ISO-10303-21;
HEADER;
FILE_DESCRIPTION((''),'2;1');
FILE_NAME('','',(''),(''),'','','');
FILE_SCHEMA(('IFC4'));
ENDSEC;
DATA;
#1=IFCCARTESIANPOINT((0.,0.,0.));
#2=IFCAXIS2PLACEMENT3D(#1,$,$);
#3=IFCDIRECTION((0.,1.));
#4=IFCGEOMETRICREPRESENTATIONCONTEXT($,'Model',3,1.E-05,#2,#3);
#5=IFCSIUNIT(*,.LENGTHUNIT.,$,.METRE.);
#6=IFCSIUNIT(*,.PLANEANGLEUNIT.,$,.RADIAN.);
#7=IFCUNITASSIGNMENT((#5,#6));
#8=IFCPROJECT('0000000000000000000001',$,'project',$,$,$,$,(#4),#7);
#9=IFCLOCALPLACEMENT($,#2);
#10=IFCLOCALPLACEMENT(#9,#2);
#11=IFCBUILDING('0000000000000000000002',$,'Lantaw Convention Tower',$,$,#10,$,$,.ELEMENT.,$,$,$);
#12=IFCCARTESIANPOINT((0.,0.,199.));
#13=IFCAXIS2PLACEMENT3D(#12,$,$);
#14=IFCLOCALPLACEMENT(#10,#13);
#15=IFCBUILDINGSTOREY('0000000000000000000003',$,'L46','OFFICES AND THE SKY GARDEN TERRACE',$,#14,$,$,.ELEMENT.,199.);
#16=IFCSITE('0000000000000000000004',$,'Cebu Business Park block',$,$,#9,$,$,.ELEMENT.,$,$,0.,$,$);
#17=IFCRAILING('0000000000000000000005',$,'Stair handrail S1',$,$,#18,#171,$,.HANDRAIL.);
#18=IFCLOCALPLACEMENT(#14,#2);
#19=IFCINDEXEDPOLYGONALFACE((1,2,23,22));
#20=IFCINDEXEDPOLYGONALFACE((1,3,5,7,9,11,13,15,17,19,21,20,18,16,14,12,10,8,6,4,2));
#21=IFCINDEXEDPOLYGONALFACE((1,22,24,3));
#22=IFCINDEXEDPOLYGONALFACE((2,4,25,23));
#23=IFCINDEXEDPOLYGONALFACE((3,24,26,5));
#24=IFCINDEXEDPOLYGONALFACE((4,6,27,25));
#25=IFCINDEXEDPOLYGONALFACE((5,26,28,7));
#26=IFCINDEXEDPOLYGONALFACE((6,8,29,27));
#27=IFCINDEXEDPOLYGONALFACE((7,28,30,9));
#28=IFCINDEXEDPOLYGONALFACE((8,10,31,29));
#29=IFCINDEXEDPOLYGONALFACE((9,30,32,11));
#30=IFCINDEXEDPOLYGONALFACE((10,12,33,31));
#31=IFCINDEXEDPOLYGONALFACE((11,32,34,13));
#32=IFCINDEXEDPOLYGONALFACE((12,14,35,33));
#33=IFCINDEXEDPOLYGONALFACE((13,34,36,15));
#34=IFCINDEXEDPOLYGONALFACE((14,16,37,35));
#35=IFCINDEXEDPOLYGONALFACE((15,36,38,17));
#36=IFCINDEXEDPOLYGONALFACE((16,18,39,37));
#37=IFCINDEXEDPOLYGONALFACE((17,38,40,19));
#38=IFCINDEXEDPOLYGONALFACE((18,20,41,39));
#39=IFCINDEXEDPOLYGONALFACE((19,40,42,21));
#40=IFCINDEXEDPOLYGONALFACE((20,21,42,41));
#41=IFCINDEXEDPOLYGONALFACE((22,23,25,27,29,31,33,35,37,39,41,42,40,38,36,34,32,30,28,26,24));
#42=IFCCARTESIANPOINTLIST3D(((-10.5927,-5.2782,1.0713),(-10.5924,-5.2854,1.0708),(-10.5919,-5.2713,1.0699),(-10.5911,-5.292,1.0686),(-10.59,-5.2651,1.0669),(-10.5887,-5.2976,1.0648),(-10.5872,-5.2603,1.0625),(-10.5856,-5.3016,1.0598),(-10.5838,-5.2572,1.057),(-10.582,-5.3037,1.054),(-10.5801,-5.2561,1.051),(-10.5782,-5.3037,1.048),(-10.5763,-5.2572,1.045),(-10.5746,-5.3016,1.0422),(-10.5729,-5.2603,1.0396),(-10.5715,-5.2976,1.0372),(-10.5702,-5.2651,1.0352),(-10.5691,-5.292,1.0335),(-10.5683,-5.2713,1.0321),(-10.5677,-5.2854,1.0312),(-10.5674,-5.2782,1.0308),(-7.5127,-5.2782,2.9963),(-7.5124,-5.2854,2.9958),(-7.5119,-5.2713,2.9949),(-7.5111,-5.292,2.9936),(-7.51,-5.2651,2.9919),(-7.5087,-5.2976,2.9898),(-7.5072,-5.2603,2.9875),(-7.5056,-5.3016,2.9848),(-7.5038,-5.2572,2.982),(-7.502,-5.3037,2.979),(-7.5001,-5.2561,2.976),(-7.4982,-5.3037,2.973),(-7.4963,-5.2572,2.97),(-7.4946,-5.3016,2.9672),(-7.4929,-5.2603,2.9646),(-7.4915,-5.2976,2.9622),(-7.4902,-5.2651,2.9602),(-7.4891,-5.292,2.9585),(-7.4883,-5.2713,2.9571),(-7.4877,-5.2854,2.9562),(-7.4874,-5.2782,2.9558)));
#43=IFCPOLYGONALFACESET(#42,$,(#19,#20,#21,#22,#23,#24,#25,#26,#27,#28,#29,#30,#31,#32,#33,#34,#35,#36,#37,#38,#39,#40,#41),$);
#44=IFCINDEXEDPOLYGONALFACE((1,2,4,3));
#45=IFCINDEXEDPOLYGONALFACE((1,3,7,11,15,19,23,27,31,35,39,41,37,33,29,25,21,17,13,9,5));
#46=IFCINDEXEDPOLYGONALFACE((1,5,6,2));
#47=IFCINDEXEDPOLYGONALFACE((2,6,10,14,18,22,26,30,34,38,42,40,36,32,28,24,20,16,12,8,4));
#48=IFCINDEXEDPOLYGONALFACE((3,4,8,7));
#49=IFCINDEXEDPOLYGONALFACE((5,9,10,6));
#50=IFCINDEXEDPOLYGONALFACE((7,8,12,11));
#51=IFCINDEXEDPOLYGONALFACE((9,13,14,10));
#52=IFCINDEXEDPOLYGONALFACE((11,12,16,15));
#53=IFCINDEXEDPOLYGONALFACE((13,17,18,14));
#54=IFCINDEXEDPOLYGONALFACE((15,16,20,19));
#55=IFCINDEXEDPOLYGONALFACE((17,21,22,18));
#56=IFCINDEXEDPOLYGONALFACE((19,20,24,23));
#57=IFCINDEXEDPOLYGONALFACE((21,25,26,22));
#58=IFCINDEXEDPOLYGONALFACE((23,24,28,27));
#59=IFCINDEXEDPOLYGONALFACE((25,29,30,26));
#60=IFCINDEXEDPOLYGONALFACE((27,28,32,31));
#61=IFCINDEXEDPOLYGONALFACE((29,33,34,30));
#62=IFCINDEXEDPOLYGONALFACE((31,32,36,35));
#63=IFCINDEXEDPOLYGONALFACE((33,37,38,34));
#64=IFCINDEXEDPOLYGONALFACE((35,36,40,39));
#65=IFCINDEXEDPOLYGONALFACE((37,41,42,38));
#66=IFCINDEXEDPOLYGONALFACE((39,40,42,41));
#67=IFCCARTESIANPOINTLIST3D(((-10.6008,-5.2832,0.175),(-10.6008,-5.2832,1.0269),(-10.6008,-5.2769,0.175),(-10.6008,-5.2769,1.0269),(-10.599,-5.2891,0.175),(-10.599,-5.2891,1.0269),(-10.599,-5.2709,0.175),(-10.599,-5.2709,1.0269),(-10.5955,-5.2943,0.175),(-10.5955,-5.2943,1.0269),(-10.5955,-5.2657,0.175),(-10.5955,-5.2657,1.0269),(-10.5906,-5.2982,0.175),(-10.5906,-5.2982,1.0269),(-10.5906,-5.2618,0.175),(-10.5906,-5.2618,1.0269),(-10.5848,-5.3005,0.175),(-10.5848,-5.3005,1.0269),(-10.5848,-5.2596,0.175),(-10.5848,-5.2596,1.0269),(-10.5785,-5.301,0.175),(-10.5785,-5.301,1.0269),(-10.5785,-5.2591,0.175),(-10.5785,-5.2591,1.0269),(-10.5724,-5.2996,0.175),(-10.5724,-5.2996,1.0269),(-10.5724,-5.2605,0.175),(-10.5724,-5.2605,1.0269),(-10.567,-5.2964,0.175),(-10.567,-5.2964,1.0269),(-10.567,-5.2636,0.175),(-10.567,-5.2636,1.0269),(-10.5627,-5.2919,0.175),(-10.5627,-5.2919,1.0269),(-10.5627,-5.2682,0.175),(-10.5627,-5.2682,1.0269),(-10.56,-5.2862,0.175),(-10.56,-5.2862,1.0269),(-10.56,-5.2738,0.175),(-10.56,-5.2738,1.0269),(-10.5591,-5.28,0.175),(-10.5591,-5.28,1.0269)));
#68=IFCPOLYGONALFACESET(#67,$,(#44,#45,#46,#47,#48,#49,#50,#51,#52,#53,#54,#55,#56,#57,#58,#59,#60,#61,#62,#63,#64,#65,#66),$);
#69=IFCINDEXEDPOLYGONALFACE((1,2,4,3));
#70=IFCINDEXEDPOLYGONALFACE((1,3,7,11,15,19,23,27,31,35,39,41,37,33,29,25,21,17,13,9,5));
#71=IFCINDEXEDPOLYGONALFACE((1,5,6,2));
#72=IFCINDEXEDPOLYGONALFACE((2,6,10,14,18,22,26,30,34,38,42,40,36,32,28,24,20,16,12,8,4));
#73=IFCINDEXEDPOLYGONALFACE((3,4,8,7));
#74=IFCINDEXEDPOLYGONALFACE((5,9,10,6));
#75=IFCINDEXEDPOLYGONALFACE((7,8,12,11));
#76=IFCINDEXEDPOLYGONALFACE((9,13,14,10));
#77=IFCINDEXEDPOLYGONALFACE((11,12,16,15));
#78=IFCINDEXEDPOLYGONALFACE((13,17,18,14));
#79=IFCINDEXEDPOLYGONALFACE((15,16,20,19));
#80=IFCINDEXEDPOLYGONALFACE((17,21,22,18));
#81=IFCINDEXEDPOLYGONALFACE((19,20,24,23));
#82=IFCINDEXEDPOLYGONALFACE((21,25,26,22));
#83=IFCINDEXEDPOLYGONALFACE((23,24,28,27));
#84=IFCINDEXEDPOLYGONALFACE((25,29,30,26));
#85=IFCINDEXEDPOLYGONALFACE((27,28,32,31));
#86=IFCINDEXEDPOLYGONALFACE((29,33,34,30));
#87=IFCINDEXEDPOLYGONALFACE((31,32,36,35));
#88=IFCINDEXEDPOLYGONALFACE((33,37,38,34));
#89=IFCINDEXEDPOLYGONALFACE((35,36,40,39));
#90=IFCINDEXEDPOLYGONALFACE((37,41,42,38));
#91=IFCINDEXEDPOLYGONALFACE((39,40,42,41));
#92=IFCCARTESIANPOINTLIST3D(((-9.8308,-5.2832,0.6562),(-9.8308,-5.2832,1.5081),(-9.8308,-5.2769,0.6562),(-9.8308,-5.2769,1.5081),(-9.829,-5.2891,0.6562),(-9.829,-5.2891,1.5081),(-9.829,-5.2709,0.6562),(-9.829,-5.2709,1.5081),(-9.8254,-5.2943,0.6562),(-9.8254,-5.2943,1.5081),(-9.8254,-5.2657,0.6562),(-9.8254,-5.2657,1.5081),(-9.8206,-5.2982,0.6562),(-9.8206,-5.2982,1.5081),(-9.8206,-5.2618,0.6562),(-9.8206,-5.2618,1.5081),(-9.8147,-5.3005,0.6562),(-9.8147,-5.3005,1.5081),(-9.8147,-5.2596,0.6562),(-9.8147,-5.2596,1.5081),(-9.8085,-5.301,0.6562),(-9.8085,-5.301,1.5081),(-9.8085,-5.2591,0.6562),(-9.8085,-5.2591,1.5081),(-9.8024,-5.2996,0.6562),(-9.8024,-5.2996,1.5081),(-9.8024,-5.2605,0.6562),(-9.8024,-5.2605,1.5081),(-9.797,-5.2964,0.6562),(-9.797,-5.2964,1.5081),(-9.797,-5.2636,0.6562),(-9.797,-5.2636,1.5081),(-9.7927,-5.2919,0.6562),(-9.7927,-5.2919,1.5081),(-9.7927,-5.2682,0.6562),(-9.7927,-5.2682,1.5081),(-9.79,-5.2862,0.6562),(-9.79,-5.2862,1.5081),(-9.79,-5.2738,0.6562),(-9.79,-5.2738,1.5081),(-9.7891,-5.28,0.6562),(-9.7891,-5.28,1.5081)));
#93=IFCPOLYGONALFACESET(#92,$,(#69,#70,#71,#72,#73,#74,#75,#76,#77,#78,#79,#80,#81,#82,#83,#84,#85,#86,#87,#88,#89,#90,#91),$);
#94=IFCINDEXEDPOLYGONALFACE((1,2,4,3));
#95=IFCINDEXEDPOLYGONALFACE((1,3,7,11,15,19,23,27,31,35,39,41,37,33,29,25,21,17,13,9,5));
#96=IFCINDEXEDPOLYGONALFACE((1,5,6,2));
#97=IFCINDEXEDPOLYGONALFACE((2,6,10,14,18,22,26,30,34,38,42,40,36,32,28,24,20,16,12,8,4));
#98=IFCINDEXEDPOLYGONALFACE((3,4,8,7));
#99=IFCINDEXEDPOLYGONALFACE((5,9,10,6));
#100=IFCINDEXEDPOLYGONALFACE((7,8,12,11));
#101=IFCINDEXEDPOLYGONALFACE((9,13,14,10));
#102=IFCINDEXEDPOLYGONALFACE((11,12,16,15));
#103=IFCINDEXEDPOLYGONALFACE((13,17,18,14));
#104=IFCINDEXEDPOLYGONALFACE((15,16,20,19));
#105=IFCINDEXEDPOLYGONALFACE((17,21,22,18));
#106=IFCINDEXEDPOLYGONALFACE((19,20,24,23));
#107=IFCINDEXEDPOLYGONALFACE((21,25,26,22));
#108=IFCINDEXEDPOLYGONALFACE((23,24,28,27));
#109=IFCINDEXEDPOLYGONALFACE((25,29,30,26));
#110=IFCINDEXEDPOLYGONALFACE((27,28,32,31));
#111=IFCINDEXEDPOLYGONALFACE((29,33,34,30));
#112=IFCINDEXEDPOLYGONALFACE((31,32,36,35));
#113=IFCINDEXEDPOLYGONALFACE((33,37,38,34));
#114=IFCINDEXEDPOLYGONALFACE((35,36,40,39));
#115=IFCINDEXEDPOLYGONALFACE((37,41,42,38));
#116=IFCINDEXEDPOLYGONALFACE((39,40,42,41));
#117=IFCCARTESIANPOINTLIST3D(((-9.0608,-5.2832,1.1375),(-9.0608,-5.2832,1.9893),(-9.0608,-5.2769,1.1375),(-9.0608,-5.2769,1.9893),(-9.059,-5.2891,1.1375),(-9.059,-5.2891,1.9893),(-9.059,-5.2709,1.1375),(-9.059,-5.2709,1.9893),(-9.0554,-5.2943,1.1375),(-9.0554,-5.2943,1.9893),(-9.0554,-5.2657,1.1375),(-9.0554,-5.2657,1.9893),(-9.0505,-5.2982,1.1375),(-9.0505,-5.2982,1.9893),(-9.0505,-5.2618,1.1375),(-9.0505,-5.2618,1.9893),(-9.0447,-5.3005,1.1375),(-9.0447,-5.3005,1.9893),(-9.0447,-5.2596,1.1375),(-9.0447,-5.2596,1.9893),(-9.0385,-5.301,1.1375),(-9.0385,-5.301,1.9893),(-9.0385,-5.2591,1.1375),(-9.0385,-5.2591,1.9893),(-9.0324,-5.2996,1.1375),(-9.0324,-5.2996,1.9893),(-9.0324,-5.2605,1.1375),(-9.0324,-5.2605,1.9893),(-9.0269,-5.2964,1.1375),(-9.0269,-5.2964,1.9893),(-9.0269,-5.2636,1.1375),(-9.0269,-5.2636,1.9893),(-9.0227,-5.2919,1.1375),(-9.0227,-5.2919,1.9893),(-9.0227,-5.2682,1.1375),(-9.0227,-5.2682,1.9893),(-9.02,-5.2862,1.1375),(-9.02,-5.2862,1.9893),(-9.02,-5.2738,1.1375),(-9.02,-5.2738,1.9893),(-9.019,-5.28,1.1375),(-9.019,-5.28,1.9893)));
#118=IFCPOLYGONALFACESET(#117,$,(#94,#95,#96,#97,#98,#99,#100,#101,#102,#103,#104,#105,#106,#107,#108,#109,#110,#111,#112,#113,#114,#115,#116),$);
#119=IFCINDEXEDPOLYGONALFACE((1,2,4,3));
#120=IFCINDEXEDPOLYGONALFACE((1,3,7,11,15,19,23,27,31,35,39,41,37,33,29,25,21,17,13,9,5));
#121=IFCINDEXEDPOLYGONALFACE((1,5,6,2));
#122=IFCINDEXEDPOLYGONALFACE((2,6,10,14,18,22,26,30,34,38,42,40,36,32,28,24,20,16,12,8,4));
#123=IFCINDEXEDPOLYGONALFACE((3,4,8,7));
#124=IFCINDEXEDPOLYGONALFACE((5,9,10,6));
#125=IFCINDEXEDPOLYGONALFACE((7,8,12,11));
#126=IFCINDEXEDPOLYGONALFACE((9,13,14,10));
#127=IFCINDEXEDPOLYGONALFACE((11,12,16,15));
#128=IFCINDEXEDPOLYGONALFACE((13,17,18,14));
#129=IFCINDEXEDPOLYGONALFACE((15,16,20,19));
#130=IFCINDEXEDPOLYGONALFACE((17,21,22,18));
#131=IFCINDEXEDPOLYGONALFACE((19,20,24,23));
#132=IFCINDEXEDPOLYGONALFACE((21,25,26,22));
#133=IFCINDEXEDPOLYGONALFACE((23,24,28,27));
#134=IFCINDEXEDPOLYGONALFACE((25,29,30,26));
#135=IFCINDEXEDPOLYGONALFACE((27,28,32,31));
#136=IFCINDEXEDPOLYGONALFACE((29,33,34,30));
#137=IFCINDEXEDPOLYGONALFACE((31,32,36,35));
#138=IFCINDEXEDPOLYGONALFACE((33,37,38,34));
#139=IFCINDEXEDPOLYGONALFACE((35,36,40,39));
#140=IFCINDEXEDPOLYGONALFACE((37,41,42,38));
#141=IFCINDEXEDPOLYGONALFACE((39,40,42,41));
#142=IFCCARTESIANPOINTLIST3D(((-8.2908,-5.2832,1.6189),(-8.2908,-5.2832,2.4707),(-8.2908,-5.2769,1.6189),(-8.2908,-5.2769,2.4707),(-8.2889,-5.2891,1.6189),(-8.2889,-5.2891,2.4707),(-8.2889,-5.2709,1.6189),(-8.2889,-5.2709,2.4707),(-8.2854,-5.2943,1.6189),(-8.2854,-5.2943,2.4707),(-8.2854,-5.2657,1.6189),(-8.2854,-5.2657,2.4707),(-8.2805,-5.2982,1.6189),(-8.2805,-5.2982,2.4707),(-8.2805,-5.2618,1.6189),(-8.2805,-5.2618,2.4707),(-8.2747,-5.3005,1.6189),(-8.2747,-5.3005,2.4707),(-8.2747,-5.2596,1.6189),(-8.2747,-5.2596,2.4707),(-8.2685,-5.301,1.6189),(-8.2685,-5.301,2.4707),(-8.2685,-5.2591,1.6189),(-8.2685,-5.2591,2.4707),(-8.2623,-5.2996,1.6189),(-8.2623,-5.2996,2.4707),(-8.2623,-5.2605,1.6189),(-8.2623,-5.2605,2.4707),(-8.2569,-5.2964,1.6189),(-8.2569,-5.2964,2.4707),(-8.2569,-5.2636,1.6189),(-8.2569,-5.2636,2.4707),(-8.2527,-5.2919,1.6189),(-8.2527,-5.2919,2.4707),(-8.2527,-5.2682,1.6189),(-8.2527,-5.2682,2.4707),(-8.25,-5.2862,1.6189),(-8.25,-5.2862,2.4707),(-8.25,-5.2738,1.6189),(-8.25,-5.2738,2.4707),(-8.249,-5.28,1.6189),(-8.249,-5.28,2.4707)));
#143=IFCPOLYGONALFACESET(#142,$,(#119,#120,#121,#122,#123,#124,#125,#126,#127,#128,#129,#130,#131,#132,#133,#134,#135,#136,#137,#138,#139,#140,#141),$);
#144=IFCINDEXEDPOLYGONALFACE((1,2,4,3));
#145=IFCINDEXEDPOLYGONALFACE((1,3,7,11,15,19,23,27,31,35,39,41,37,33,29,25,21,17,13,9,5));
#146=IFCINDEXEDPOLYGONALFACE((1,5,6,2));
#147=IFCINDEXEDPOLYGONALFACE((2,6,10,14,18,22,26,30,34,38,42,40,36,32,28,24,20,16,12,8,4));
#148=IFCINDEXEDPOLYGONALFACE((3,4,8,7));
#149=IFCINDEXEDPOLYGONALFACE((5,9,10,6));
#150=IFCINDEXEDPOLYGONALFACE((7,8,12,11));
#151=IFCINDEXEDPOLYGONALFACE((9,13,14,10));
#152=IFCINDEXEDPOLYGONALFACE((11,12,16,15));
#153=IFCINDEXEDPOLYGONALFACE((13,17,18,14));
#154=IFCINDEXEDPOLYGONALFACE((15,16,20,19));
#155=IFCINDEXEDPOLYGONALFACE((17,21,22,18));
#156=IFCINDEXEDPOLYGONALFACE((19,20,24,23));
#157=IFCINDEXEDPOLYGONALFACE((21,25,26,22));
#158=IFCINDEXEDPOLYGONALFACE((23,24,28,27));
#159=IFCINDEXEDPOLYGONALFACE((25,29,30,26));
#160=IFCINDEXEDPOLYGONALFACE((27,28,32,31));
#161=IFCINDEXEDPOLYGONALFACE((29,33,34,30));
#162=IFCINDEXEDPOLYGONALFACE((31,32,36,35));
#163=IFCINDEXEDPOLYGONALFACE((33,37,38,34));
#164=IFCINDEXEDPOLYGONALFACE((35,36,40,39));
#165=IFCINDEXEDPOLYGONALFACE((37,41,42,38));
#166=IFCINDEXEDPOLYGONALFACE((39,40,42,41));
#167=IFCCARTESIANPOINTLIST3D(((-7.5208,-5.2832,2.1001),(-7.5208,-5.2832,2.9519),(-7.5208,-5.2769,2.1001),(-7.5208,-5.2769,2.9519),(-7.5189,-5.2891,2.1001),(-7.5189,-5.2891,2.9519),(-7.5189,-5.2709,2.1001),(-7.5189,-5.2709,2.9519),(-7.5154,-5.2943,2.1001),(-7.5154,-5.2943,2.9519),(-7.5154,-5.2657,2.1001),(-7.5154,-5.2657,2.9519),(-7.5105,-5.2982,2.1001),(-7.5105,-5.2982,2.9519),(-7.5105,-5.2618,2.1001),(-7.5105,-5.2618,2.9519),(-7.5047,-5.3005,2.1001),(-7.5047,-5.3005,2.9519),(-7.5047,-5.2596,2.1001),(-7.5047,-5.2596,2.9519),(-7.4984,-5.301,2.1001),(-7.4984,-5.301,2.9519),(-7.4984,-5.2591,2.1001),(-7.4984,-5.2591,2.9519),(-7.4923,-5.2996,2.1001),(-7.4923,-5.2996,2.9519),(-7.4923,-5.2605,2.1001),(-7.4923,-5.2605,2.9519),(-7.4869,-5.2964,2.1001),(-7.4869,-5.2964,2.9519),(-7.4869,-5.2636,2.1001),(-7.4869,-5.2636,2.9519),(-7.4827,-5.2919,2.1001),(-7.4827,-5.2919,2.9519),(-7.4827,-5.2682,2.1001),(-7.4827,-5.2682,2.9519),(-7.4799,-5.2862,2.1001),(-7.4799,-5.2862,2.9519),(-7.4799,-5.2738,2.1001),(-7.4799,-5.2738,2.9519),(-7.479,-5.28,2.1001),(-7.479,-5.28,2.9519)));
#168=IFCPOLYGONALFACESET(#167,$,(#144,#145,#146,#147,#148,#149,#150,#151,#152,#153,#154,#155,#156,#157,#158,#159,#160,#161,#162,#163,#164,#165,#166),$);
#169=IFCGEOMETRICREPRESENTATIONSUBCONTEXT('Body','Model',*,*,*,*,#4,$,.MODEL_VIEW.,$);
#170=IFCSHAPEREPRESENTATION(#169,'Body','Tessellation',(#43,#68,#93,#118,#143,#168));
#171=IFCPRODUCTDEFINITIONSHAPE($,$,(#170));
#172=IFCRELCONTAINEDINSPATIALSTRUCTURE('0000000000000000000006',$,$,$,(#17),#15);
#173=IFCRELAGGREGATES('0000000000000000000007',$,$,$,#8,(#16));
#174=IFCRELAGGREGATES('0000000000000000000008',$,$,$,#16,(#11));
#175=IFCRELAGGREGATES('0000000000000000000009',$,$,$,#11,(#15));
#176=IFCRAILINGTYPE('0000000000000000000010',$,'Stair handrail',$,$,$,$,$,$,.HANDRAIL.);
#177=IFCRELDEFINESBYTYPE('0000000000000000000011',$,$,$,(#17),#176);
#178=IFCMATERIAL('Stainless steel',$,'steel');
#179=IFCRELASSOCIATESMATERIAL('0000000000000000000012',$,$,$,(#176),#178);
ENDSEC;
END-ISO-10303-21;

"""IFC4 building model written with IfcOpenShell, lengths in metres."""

from ifc_helpers import new_model, si_unit, direction, frame, origin, origin_2d, place, context, subcontext, project, spatial, circle, extrude, material, type_object, element, save


model = new_model("IFC4")

# Units and contexts
model_context = context("Model", 3, precision=1e-05, world=origin(), true_north=direction((0.0, 1.0)))
body_context = subcontext(model_context, "Body", "Model", "MODEL_VIEW")
ifc_project = project(units=[si_unit("LENGTHUNIT", "METRE"), si_unit("PLANEANGLEUNIT", "RADIAN")], contexts=[model_context])

# Site, building, storey
site_placement = place(None, origin())
site = spatial("IfcSite", under=ifc_project, at=site_placement, Name="Cebu Business Park block", CompositionType="ELEMENT", RefElevation=0.0)
building_placement = place(site_placement, origin())
building = spatial("IfcBuilding", under=site, at=building_placement, Name="Lantaw Convention Tower", CompositionType="ELEMENT")
storey_placement = place(building_placement, frame((0.0, 0.0, 199.0)))
storey = spatial("IfcBuildingStorey", under=building, at=storey_placement, Name="L46", Description="OFFICES AND THE SKY GARDEN TERRACE", CompositionType="ELEMENT", Elevation=199.0)

# Shared definitions
ifc_material_1 = material(Name="Stainless steel", Category="steel")

# Railing
railing_type = type_object("IfcRailingType", Name="Stair handrail", PredefinedType="HANDRAIL", material=ifc_material_1)
railing_1_placement = place(storey_placement, frame((-10.5801, -5.28, 0.175)))
element("IfcRailing", 1, at=railing_1_placement, inside=storey, type_object=railing_type, Name="Stair handrail S1", PredefinedType="HANDRAIL", context=body_context, shape_type="SweptSolid", body=[
    extrude(circle(Radius=0.0239, at=origin_2d()), frame((0.0, 0.0, 0.876), z_axis=(0.847998, 0.0, 0.529999), x_axis=(0.0, 1.0, 0.0)), (0.0, 0.0, 1.0), 3.6321),
    extrude(circle(Radius=0.021, at=origin_2d()), origin(), (0.0, 0.0, 1.0), 0.8518),
    extrude(circle(Radius=0.021, at=origin_2d()), frame((0.77, 0.0, 0.4812)), (0.0, 0.0, 1.0), 0.8518),
    extrude(circle(Radius=0.021, at=origin_2d()), frame((1.54, 0.0, 0.9624)), (0.0, 0.0, 1.0), 0.8518),
    extrude(circle(Radius=0.021, at=origin_2d()), frame((2.3101, 0.0, 1.4438)), (0.0, 0.0, 1.0), 0.8518),
    extrude(circle(Radius=0.021, at=origin_2d()), frame((3.0801, 0.0, 1.925)), (0.0, 0.0, 1.0), 0.8518),
])

save(model, "model.ifc")
